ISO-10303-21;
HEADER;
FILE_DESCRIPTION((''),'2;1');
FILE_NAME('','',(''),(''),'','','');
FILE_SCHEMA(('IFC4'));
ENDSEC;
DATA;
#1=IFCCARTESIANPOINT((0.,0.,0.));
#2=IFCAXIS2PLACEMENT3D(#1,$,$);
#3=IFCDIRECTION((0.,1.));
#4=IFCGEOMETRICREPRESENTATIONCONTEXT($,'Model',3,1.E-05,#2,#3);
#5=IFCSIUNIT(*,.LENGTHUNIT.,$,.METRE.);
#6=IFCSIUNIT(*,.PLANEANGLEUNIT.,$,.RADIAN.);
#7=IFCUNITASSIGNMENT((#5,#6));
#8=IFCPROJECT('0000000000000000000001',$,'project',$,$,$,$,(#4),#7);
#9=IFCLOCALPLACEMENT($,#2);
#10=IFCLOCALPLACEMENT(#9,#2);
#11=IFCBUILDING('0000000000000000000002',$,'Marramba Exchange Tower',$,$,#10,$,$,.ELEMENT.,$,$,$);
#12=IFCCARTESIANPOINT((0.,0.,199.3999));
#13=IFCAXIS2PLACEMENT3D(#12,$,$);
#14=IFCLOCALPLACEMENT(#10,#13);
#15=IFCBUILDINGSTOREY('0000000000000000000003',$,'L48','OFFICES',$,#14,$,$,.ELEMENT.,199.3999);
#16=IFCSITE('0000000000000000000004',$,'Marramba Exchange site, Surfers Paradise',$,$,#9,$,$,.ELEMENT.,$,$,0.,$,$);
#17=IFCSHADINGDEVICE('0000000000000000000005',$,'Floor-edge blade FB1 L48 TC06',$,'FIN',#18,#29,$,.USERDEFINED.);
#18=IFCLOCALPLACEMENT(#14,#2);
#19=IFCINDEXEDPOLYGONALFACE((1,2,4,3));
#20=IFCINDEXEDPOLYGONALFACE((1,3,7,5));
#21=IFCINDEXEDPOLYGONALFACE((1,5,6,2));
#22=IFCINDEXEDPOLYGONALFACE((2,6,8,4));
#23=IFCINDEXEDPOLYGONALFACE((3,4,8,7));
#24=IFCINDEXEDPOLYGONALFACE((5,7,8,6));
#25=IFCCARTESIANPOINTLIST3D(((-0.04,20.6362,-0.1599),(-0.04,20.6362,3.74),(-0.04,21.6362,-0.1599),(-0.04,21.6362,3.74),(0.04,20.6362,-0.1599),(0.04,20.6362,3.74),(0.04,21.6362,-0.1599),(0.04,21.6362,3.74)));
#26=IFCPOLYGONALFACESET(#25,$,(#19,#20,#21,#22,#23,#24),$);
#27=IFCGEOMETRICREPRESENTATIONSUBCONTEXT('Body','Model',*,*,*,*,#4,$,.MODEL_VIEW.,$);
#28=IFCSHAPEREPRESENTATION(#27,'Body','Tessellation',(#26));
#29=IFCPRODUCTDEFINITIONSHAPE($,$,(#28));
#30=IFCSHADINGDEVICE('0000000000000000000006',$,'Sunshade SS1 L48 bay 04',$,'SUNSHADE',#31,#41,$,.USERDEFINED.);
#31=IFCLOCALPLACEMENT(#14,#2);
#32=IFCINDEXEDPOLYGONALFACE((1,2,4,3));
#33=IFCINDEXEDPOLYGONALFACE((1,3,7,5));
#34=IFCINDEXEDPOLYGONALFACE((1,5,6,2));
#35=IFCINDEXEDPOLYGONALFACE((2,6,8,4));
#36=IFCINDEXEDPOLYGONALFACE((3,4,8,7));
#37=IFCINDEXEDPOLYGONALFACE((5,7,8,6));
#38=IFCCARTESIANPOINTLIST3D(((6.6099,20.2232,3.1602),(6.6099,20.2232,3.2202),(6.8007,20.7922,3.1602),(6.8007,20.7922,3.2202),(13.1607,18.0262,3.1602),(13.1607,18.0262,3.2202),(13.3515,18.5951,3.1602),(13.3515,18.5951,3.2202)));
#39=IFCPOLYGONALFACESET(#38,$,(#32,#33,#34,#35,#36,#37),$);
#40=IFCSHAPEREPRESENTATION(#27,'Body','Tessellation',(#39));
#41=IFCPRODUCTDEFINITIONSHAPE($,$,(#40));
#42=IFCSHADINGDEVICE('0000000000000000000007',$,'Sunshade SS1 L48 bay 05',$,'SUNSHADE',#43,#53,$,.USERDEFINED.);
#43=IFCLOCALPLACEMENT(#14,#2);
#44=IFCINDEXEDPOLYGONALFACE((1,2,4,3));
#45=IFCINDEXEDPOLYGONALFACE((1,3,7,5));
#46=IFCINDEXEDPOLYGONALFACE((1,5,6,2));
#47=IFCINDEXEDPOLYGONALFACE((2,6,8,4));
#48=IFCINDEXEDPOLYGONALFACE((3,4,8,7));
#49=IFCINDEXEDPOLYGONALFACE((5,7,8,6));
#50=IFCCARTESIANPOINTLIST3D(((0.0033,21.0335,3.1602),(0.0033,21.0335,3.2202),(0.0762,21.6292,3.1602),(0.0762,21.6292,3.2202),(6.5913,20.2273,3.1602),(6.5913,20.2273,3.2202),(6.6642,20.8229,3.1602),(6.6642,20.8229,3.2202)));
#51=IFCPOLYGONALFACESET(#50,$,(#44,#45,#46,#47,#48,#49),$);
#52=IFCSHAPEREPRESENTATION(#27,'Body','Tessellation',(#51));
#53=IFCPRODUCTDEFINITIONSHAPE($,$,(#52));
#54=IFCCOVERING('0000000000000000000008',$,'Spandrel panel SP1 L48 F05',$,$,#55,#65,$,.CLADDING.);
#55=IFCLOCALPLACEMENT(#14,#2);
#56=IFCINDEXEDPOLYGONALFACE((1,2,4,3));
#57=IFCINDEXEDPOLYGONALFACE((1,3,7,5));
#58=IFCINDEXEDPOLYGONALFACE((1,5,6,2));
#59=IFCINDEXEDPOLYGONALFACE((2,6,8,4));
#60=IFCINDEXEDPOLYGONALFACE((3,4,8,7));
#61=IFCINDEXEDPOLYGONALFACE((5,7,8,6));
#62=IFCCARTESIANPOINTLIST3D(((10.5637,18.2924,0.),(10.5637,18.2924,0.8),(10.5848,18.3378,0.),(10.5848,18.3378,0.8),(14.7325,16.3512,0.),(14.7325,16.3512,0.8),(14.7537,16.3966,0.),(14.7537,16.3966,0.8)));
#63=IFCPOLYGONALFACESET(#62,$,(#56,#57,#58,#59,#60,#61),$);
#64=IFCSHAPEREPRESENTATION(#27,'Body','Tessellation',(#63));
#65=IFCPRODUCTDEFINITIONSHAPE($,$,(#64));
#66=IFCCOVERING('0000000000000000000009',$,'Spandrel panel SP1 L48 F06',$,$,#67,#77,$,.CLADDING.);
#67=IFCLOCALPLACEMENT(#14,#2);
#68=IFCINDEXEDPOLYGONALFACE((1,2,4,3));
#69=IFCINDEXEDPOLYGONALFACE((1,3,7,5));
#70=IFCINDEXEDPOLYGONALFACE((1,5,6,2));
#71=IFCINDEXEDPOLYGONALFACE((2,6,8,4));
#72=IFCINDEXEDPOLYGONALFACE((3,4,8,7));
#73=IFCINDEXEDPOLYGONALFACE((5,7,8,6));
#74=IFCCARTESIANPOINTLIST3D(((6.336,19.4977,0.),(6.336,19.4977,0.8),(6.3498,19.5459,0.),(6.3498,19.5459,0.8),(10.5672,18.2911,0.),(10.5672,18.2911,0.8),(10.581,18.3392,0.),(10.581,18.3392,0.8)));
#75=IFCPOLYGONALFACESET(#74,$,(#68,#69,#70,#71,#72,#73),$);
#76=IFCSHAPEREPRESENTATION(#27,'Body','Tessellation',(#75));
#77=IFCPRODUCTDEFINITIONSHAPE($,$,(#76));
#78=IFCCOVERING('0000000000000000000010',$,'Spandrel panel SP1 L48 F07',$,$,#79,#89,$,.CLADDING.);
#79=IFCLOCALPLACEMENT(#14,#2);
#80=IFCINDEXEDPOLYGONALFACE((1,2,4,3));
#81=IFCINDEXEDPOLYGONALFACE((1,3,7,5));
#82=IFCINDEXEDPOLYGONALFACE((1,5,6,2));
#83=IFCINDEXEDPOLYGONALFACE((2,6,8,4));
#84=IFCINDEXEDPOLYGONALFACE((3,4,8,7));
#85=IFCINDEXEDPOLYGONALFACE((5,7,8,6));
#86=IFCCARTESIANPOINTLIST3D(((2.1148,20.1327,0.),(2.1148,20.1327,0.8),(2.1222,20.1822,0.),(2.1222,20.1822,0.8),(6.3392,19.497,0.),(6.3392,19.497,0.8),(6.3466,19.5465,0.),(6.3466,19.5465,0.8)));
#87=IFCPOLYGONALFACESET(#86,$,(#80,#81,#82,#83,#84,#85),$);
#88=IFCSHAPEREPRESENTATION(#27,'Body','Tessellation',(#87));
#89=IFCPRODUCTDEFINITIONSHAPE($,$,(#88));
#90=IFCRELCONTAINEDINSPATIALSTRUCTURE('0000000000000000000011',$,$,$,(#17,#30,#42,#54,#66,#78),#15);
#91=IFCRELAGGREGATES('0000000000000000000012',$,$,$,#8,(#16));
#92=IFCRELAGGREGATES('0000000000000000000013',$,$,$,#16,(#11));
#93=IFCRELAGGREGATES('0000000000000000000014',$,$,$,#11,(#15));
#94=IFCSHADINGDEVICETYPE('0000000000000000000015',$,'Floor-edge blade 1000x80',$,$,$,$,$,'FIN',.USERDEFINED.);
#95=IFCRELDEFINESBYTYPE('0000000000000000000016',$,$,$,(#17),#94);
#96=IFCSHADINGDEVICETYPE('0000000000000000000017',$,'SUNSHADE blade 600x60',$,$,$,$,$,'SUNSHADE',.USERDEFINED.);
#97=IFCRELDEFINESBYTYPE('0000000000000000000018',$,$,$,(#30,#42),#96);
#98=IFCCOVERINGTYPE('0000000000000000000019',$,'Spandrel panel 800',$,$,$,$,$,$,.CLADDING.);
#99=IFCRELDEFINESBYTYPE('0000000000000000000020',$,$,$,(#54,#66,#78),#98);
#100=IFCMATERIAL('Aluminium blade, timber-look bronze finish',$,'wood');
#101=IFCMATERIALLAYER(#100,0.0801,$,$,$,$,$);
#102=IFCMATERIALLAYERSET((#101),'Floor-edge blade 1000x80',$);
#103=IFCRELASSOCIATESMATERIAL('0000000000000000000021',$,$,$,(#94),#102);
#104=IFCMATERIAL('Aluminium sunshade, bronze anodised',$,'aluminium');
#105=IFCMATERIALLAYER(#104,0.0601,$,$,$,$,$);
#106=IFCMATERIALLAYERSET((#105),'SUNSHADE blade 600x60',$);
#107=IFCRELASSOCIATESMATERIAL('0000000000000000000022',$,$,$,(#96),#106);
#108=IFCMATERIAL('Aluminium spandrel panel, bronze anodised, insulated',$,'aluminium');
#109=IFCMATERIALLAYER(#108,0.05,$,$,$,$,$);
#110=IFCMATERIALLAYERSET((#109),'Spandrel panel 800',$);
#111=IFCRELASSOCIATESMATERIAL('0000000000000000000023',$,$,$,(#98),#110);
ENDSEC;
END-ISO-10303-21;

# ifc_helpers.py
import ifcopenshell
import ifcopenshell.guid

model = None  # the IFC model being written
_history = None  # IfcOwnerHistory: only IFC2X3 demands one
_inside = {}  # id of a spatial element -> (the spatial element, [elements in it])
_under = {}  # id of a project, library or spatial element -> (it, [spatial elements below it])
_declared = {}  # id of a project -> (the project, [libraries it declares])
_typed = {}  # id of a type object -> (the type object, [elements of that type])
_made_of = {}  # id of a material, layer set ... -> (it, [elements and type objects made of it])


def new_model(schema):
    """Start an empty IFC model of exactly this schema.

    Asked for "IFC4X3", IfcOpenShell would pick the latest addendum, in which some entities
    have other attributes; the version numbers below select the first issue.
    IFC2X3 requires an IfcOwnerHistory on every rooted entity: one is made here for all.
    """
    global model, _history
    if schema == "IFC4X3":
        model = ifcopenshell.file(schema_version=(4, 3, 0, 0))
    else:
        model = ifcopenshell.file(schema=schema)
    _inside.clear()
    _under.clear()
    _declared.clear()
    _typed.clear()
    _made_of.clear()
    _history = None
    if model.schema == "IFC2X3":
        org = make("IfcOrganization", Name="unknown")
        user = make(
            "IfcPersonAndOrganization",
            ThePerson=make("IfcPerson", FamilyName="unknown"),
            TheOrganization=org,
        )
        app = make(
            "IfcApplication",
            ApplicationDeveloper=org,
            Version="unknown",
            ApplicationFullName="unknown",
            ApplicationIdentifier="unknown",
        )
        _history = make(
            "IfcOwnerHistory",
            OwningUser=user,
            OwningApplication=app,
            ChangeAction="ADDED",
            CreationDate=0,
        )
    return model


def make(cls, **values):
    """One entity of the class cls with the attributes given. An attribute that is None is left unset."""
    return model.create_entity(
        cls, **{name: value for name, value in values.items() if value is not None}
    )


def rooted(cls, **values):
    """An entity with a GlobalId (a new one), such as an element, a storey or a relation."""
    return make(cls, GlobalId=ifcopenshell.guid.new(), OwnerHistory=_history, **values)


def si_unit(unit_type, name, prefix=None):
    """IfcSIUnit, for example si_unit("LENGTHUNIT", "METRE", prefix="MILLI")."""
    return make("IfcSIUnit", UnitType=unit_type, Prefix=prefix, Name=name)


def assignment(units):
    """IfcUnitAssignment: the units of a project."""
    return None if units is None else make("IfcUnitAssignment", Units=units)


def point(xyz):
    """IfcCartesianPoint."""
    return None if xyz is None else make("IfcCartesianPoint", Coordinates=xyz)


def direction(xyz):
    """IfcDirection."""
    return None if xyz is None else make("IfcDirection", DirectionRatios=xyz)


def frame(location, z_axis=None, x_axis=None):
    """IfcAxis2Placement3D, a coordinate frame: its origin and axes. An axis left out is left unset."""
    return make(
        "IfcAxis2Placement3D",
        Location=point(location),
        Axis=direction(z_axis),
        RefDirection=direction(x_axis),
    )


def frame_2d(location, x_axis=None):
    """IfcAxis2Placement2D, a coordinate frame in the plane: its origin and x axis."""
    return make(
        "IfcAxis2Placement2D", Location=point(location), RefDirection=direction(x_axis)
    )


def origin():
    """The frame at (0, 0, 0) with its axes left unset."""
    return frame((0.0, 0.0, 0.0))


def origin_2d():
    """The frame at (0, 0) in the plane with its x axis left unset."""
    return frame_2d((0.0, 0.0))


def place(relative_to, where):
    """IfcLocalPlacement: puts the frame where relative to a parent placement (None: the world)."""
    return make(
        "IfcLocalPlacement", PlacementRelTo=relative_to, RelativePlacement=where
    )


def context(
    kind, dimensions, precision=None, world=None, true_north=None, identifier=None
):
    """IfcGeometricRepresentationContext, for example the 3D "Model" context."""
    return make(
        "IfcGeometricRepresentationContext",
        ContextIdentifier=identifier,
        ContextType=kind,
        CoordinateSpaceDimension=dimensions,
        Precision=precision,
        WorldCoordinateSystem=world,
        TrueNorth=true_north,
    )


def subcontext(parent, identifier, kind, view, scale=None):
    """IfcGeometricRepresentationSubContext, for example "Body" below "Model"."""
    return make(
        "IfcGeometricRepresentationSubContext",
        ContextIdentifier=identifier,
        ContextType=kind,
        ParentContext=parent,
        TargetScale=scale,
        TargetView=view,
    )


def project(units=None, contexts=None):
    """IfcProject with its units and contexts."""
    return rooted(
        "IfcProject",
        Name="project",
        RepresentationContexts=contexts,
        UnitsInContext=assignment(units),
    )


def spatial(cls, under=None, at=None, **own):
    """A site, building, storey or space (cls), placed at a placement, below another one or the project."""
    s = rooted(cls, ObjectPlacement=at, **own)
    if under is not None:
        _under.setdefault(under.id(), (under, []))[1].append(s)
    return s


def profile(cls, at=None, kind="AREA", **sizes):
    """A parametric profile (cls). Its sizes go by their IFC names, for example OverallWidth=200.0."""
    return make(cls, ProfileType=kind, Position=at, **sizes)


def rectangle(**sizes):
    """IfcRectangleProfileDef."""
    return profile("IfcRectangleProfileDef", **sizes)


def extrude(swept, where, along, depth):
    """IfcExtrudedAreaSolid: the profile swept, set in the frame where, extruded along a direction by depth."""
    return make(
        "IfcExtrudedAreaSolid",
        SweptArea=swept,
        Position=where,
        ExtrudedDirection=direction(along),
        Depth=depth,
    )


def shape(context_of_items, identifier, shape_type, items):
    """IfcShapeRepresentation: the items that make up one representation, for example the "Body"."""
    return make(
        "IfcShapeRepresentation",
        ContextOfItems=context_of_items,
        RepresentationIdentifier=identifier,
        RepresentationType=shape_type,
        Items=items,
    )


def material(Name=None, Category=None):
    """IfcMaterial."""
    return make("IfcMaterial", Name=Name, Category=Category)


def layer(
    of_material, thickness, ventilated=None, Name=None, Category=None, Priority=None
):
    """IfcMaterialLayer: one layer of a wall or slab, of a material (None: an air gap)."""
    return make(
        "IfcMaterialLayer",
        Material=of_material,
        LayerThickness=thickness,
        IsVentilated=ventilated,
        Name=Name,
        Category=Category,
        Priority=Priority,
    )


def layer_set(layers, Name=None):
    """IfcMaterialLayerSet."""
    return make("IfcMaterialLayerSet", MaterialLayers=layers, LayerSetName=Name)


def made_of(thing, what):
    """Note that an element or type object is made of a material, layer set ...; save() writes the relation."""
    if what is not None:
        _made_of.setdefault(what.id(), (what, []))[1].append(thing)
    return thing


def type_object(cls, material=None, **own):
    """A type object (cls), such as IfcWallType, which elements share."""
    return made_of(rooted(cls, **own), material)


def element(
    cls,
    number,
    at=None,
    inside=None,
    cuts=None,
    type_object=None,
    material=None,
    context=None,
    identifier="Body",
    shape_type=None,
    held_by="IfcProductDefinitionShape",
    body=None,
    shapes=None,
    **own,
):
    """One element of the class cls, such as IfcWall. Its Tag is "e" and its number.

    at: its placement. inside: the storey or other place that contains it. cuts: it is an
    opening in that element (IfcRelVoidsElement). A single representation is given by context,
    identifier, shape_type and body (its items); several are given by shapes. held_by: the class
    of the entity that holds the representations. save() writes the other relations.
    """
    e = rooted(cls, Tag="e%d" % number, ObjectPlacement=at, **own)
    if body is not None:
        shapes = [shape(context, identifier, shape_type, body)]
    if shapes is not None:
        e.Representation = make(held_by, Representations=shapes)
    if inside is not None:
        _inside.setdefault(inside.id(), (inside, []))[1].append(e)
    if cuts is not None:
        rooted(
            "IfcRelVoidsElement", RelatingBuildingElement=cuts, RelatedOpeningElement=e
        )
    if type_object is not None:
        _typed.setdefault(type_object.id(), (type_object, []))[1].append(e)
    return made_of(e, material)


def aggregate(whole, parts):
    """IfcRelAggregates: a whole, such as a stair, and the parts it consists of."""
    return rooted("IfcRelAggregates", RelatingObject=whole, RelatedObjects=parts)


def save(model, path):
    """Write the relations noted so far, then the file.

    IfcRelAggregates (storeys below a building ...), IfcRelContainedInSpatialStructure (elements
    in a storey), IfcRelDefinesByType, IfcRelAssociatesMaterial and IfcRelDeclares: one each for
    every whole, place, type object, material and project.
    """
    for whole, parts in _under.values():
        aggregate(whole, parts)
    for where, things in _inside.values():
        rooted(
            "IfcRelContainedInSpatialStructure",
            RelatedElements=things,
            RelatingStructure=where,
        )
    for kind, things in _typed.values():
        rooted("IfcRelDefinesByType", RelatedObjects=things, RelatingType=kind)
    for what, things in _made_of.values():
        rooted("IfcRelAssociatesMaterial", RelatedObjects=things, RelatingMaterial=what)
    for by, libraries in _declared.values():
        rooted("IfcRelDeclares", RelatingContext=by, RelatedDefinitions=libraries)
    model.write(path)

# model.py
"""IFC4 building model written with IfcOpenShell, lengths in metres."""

from ifc_helpers import new_model, si_unit, direction, frame, origin, origin_2d, place, context, subcontext, project, spatial, rectangle, extrude, material, layer, layer_set, type_object, element, save


model = new_model("IFC4")

# Units and contexts
model_context = context("Model", 3, precision=1e-05, world=origin(), true_north=direction((0.0, 1.0)))
body_context = subcontext(model_context, "Body", "Model", "MODEL_VIEW")
ifc_project = project(units=[si_unit("LENGTHUNIT", "METRE"), si_unit("PLANEANGLEUNIT", "RADIAN")], contexts=[model_context])

# Site, building, storey
site_placement = place(None, origin())
site = spatial("IfcSite", under=ifc_project, at=site_placement, Name="Marramba Exchange site, Surfers Paradise", CompositionType="ELEMENT", RefElevation=0.0)
building_placement = place(site_placement, origin())
building = spatial("IfcBuilding", under=site, at=building_placement, Name="Marramba Exchange Tower", CompositionType="ELEMENT")
storey_placement = place(building_placement, frame((0.0, 0.0, 199.3999)))
storey = spatial("IfcBuildingStorey", under=building, at=storey_placement, Name="L48", Description="OFFICES", CompositionType="ELEMENT", Elevation=199.3999)

# Shading devices
ifc_material_1 = material(Name="Aluminium blade, timber-look bronze finish", Category="wood")
ifc_layer_1 = layer(ifc_material_1, 0.0801)
ifc_layer_set_1 = layer_set([ifc_layer_1], Name="Floor-edge blade 1000x80")
shading_device_type_1 = type_object("IfcShadingDeviceType", Name="Floor-edge blade 1000x80", ElementType="FIN", PredefinedType="USERDEFINED", material=ifc_layer_set_1)
for number, where, z_axis, x_axis, name in (
    (1, (0.0, 21.1362, -0.1599), (0.0, 0.0, 1.0), (0.0, 1.0, 0.0), "Floor-edge blade FB1 L48 TC06"),
):
    element("IfcShadingDevice", number, at=place(storey_placement, frame(where, z_axis=z_axis, x_axis=x_axis)), inside=storey, type_object=shading_device_type_1, Name=name, ObjectType="FIN", PredefinedType="USERDEFINED", context=body_context, shape_type="SweptSolid", body=[
        extrude(rectangle(XDim=1.0, YDim=0.0801, at=origin_2d()), origin(), (0.0, 0.0, 1.0), 3.8999),
    ])
ifc_material_2 = material(Name="Aluminium sunshade, bronze anodised", Category="aluminium")
ifc_layer_2 = layer(ifc_material_2, 0.0601)
ifc_layer_set_2 = layer_set([ifc_layer_2], Name="SUNSHADE blade 600x60")
shading_device_type_2 = type_object("IfcShadingDeviceType", Name="SUNSHADE blade 600x60", ElementType="SUNSHADE", PredefinedType="USERDEFINED", material=ifc_layer_set_2)
shading_device_1_placement = place(storey_placement, frame((9.9807, 19.4092, 3.1602), z_axis=(0.0, 0.0, 1.0), x_axis=(-0.948096, 0.317983, 0.0)))
element("IfcShadingDevice", 2, at=shading_device_1_placement, inside=storey, type_object=shading_device_type_2, Name="Sunshade SS1 L48 bay 04", ObjectType="SUNSHADE", PredefinedType="USERDEFINED", context=body_context, shape_type="SweptSolid", body=[
    extrude(rectangle(XDim=6.9094, YDim=0.6001, at=origin_2d()), origin(), (0.0, 0.0, 1.0), 0.0601),
])
shading_device_2_placement = place(storey_placement, frame((3.3337, 20.9282, 3.1602), z_axis=(0.0, 0.0, 1.0), x_axis=(-0.992595, 0.121469, 0.0)))
element("IfcShadingDevice", 3, at=shading_device_2_placement, inside=storey, type_object=shading_device_type_2, Name="Sunshade SS1 L48 bay 05", ObjectType="SUNSHADE", PredefinedType="USERDEFINED", context=body_context, shape_type="SweptSolid", body=[
    extrude(rectangle(XDim=6.6372, YDim=0.6001, at=origin_2d()), origin(), (0.0, 0.0, 1.0), 0.0601),
])

# Coverings
ifc_material_3 = material(Name="Aluminium spandrel panel, bronze anodised, insulated", Category="aluminium")
ifc_layer_3 = layer(ifc_material_3, 0.05)
ifc_layer_set_3 = layer_set([ifc_layer_3], Name="Spandrel panel 800")
covering_type = type_object("IfcCoveringType", Name="Spandrel panel 800", PredefinedType="CLADDING", material=ifc_layer_set_3)
covering_1_placement = place(storey_placement, frame((12.6587, 17.3445, 0.0), z_axis=(0.0, 0.0, 1.0), x_axis=(-0.906534, 0.422133, 0.0)))
element("IfcCovering", 4, at=covering_1_placement, inside=storey, type_object=covering_type, Name="Spandrel panel SP1 L48 F05", PredefinedType="CLADDING", context=body_context, shape_type="SweptSolid", body=[
    extrude(rectangle(XDim=4.5986, YDim=0.05, at=origin_2d()), origin(), (0.0, 0.0, 1.0), 0.8),
])
covering_2_placement = place(storey_placement, frame((8.4585, 18.9185, 0.0), z_axis=(0.0, 0.0, 1.0), x_axis=(-0.961659, 0.274248, 0.0)))
element("IfcCovering", 5, at=covering_2_placement, inside=storey, type_object=covering_type, Name="Spandrel panel SP1 L48 F06", PredefinedType="CLADDING", context=body_context, shape_type="SweptSolid", body=[
    extrude(rectangle(XDim=4.3999, YDim=0.05, at=origin_2d()), origin(), (0.0, 0.0, 1.0), 0.8),
])
covering_3_placement = place(storey_placement, frame((4.2307, 19.8396, 0.0), z_axis=(0.0, 0.0, 1.0), x_axis=(-0.988868, 0.148795, 0.0)))
element("IfcCovering", 6, at=covering_3_placement, inside=storey, type_object=covering_type, Name="Spandrel panel SP1 L48 F07", PredefinedType="CLADDING", context=body_context, shape_type="SweptSolid", body=[
    extrude(rectangle(XDim=4.272, YDim=0.05, at=origin_2d()), origin(), (0.0, 0.0, 1.0), 0.8),
])

save(model, "model.ifc")
